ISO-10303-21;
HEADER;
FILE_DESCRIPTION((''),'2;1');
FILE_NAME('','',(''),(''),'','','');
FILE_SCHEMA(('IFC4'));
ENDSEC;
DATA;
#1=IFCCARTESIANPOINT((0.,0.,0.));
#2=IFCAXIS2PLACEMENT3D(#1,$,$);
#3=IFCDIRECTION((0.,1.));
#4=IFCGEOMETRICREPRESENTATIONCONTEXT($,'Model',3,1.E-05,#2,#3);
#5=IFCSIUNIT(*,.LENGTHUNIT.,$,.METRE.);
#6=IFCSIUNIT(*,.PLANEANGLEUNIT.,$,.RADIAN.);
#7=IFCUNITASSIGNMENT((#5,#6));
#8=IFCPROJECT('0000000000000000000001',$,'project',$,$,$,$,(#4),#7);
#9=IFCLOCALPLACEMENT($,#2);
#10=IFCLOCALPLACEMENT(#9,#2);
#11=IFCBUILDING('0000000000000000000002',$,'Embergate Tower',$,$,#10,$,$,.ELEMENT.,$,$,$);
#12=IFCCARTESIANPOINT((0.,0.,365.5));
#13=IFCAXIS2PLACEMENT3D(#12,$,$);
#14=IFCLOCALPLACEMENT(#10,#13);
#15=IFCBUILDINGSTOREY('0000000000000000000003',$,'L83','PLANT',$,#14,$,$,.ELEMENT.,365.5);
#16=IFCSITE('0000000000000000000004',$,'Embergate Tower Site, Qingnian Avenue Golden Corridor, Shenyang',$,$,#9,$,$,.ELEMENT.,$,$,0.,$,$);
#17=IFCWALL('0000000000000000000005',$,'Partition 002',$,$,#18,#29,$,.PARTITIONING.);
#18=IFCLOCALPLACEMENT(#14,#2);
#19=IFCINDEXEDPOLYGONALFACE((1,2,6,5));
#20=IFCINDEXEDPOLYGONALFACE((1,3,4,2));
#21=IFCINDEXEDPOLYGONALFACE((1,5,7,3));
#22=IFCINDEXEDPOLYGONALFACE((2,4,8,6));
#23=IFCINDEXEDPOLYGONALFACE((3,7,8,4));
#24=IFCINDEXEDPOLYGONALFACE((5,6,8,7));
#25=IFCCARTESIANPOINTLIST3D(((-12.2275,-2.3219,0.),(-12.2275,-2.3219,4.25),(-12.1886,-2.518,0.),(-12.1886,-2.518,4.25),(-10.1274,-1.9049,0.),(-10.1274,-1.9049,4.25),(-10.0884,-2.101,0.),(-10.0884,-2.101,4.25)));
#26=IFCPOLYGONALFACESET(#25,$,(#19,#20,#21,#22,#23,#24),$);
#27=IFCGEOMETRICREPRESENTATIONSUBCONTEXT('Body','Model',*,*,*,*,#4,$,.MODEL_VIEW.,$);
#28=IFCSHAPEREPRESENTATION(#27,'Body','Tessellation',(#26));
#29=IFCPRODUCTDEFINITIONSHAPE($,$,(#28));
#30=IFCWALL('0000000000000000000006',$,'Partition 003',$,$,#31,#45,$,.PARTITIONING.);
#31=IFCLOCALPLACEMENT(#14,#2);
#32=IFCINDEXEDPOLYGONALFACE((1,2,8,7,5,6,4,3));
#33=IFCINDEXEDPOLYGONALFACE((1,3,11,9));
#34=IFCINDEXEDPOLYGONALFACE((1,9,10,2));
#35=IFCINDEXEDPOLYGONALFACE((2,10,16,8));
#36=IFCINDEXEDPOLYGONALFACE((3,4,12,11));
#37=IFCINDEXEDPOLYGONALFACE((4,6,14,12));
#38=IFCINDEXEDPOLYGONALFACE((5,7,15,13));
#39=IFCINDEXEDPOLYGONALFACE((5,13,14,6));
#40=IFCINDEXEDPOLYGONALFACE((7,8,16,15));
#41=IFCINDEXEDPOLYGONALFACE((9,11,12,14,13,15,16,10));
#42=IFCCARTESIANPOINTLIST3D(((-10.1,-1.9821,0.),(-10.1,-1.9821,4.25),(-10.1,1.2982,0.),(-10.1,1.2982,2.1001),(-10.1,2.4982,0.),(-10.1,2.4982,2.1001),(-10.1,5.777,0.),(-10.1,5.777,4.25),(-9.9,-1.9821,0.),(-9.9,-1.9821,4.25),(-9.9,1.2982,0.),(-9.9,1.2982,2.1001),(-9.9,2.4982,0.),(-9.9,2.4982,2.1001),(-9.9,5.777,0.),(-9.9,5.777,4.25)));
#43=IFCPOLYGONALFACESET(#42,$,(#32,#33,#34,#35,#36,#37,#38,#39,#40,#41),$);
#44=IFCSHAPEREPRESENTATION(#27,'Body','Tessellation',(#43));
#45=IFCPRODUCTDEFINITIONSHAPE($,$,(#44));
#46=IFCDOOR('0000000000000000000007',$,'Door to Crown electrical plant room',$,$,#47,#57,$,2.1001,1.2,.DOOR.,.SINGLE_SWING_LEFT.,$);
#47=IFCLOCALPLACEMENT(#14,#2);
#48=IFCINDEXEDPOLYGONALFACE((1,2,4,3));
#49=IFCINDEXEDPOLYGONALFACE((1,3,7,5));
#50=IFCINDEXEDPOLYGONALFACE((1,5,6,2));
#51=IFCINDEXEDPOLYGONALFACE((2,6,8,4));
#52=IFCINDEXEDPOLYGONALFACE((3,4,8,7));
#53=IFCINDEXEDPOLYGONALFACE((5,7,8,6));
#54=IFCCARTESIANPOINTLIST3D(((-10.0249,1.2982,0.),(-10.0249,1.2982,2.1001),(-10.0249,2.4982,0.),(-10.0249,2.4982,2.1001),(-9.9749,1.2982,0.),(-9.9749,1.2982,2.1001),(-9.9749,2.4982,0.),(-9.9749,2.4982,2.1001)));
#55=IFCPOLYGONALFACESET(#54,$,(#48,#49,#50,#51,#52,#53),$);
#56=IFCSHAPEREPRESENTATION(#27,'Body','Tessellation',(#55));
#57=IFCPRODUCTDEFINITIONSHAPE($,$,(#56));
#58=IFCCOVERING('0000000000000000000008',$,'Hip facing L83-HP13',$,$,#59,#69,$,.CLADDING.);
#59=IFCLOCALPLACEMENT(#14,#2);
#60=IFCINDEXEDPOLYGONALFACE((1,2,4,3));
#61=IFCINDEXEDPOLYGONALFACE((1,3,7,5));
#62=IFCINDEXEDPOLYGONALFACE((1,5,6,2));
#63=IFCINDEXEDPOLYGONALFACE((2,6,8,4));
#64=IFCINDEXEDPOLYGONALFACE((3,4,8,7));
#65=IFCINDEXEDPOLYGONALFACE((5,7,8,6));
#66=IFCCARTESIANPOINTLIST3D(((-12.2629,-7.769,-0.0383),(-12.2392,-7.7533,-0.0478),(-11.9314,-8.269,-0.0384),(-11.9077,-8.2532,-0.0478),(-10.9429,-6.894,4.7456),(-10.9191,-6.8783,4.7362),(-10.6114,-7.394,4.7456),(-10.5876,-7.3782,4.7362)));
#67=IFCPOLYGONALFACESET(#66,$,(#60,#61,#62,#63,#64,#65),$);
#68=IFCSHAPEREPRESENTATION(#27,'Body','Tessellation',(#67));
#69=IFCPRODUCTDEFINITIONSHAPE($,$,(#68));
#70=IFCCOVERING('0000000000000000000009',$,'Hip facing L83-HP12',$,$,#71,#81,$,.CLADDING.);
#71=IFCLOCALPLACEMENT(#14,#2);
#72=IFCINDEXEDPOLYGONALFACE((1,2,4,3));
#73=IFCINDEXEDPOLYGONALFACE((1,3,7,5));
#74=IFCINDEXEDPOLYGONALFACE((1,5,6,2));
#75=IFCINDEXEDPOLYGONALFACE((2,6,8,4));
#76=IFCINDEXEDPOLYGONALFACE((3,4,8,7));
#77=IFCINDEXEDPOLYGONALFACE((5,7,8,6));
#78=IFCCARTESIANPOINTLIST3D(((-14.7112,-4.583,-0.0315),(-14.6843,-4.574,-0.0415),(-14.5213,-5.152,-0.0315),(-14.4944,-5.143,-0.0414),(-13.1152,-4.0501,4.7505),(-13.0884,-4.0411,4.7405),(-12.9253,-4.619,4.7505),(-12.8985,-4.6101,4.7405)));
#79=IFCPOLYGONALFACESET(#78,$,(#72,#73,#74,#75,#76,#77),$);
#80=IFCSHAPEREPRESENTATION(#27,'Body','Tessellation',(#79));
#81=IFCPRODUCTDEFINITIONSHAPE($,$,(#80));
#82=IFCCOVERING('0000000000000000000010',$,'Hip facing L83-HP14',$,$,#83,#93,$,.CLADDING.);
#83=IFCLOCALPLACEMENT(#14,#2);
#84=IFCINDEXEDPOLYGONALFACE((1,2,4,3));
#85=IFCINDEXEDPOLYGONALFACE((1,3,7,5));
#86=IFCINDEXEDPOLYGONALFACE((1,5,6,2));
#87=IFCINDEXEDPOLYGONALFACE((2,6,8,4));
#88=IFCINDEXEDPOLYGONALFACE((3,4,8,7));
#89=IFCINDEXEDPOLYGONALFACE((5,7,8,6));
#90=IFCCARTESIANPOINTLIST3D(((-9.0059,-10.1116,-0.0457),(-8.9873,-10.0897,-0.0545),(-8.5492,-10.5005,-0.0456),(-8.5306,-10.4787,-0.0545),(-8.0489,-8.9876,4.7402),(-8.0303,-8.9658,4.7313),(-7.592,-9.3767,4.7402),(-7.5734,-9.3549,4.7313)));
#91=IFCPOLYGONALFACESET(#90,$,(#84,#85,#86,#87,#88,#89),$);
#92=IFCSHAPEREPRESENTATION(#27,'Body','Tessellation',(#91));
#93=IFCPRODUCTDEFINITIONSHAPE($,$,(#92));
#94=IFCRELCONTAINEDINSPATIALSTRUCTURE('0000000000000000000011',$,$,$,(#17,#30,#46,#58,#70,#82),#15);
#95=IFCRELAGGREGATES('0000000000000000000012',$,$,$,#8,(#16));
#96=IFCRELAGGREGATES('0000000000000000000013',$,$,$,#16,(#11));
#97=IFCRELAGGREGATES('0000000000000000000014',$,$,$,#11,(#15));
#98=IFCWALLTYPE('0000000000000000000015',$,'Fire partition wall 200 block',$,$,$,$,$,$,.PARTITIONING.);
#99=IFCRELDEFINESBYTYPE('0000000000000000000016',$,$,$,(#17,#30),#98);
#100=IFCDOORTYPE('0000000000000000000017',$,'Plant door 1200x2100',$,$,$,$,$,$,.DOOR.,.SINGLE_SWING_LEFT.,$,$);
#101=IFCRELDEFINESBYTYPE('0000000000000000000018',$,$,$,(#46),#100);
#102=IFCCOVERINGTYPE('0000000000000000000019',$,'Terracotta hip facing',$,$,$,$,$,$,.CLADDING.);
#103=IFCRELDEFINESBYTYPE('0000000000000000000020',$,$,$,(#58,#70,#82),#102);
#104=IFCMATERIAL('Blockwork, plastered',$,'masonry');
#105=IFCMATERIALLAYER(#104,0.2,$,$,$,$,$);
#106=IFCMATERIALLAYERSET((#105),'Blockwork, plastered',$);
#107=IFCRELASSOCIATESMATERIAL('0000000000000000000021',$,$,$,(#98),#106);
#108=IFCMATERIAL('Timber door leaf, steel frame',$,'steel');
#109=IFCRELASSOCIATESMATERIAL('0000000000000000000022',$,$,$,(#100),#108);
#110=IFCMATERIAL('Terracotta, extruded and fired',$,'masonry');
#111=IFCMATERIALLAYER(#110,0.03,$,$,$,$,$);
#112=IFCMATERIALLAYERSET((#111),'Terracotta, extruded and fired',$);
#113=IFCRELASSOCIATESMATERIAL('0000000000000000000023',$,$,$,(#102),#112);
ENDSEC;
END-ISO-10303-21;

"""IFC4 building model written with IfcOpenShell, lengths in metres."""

from ifc_helpers import new_model, si_unit, direction, frame, frame_2d, origin, place, context, subcontext, project, spatial, polyline, rectangle, outline, extrude, source, transform, mapped, material, layer, layer_set, type_object, element, fill, save


model = new_model("IFC4")

# Units and contexts
model_context = context("Model", 3, precision=1e-05, world=origin(), true_north=direction((0.0, 1.0)))
body_context = subcontext(model_context, "Body", "Model", "MODEL_VIEW")
ifc_project = project(units=[si_unit("LENGTHUNIT", "METRE"), si_unit("PLANEANGLEUNIT", "RADIAN")], contexts=[model_context])

# Site, building, storey
site_placement = place(None, origin())
site = spatial("IfcSite", under=ifc_project, at=site_placement, Name="Embergate Tower Site, Qingnian Avenue Golden Corridor, Shenyang", CompositionType="ELEMENT", RefElevation=0.0)
building_placement = place(site_placement, origin())
building = spatial("IfcBuilding", under=site, at=building_placement, Name="Embergate Tower", CompositionType="ELEMENT")
storey_placement = place(building_placement, frame((0.0, 0.0, 365.5)))
storey = spatial("IfcBuildingStorey", under=building, at=storey_placement, Name="L83", Description="PLANT", CompositionType="ELEMENT", Elevation=365.5)

# Shared definitions
ifc_material_1 = material(Name="Blockwork, plastered", Category="masonry")
ifc_layer_1 = layer(ifc_material_1, 0.2)
ifc_layer_set_1 = layer_set([ifc_layer_1], Name="Blockwork, plastered")
wall_type_1 = type_object("IfcWallType", Name="Fire partition wall 200 block", PredefinedType="PARTITIONING", material=ifc_layer_set_1)
shared_shape_1 = source(origin(), body_context, "Body", "SweptSolid", [
    extrude(rectangle(XDim=1.2, YDim=2.1001, at=frame_2d((0.6001, 1.05))), frame((0.0, 0.1099, 0.0), z_axis=(0.0, -1.0, 0.0), x_axis=(1.0, 0.0, 0.0)), (0.0, 0.0, 1.0), 0.22),
])
ifc_material_2 = material(Name="Timber door leaf, steel frame", Category="steel")
door_type = type_object("IfcDoorType", Name="Plant door 1200x2100", OperationType="SINGLE_SWING_LEFT", PredefinedType="DOOR", material=ifc_material_2)
shared_shape_2 = source(origin(), body_context, "Body", "SweptSolid", [
    extrude(rectangle(XDim=1.2, YDim=2.1001, at=frame_2d((0.6001, 1.05))), frame((0.0, 0.0249, 0.0), z_axis=(0.0, -1.0, 0.0), x_axis=(1.0, 0.0, 0.0)), (0.0, 0.0, 1.0), 0.05),
])

# Wall
shared_shape_3 = source(origin(), body_context, "Body", "SweptSolid", [
    extrude(rectangle(XDim=2.1411, YDim=0.2, at=frame_2d((1.0706, 0.0))), origin(), (0.0, 0.0, 1.0), 4.25),
])
wall_1_placement = place(storey_placement, frame((-10.1079, -2.0029, 0.0), z_axis=(0.0, 0.0, 1.0), x_axis=(-0.980852, -0.194756, 0.0)))
element("IfcWall", 1, at=wall_1_placement, inside=storey, type_object=wall_type_1, Name="Partition 002", PredefinedType="PARTITIONING", context=body_context, shape_type="MappedRepresentation", body=[
    mapped(shared_shape_3, transform((0.0, 0.0, 0.0))),
])

# Wall, opening, door
shared_shape_4 = source(origin(), body_context, "Body", "SweptSolid", [
    extrude(rectangle(XDim=7.759, YDim=0.2, at=frame_2d((3.8794, 0.0))), origin(), (0.0, 0.0, 1.0), 4.25),
])
wall_2_placement = place(storey_placement, frame((-10.0, -1.9819, 0.0), z_axis=(0.0, 0.0, 1.0), x_axis=(0.0, 1.0, 0.0)))
wall_2 = element("IfcWall", 2, at=wall_2_placement, inside=storey, type_object=wall_type_1, Name="Partition 003", PredefinedType="PARTITIONING", context=body_context, shape_type="MappedRepresentation", body=[
    mapped(shared_shape_4, transform((0.0, 0.0, 0.0))),
])
opening_1_placement = place(wall_2_placement, frame((3.28, 0.0, 0.0)))
opening_1 = element("IfcOpeningElement", 3, at=opening_1_placement, cuts=wall_2, PredefinedType="OPENING", context=body_context, shape_type="MappedRepresentation", body=[
    mapped(shared_shape_1, transform((0.0, 0.0, 0.0))),
])
door_1_placement = place(opening_1_placement, origin())
door_1 = element("IfcDoor", 4, at=door_1_placement, inside=storey, type_object=door_type, Name="Door to Crown electrical plant room", OperationType="SINGLE_SWING_LEFT", OverallHeight=2.1001, OverallWidth=1.2, PredefinedType="DOOR", context=body_context, shape_type="MappedRepresentation", body=[
    mapped(shared_shape_2, transform((0.0, 0.0, 0.0))),
])
fill(opening_1, door_1)

# Coverings
ifc_material_3 = material(Name="Terracotta, extruded and fired", Category="masonry")
ifc_layer_2 = layer(ifc_material_3, 0.03)
ifc_layer_set_2 = layer_set([ifc_layer_2], Name="Terracotta, extruded and fired")
covering_type = type_object("IfcCoveringType", Name="Terracotta hip facing", PredefinedType="CLADDING", material=ifc_layer_set_2)
shared_shape_5 = source(origin(), body_context, "Body", "SweptSolid", [
    extrude(outline(polyline([(0.0, 0.0), (5.0393, 0.0), (5.0393, -0.5999), (0.0, -0.5999), (0.0, 0.0)])), origin(), (0.0, 0.0, -1.0), 0.03),
])
covering_1_placement = place(storey_placement, frame((-12.2629, -7.769, -0.0383), z_axis=(-0.791196, -0.524631, 0.314278), x_axis=(0.261956, 0.173636, 0.949331)))
element("IfcCovering", 5, at=covering_1_placement, inside=storey, type_object=covering_type, Name="Hip facing L83-HP13", PredefinedType="CLADDING", context=body_context, shape_type="MappedRepresentation", body=[
    mapped(shared_shape_5, transform((0.0, 0.0, 0.0))),
])
shared_shape_6 = source(origin(), body_context, "Body", "SweptSolid", [
    extrude(outline(polyline([(0.0, 0.0), (5.0693, 0.0), (5.0693, -0.5999), (0.0, -0.5999), (0.0, 0.0)])), origin(), (0.0, 0.0, -1.0), 0.03),
])
covering_2_placement = place(storey_placement, frame((-14.7112, -4.583, -0.0315), z_axis=(-0.894787, -0.298646, 0.331912), x_axis=(0.314822, 0.105133, 0.94331)))
element("IfcCovering", 6, at=covering_2_placement, inside=storey, type_object=covering_type, Name="Hip facing L83-HP12", PredefinedType="CLADDING", context=body_context, shape_type="MappedRepresentation", body=[
    mapped(shared_shape_6, transform((0.0, 0.0, 0.0))),
])
shared_shape_7 = source(origin(), body_context, "Body", "SweptSolid", [
    extrude(outline(polyline([(0.0, 0.0), (5.0083, 0.0), (5.0083, -0.6001), (0.0, -0.5999), (0.0, 0.0)])), origin(), (0.0, 0.0, -1.0), 0.03),
])
covering_3_placement = place(storey_placement, frame((-9.0059, -10.1116, -0.0457), z_axis=(-0.619589, -0.727487, 0.294739), x_axis=(0.191074, 0.224415, 0.955578)))
element("IfcCovering", 7, at=covering_3_placement, inside=storey, type_object=covering_type, Name="Hip facing L83-HP14", PredefinedType="CLADDING", context=body_context, shape_type="MappedRepresentation", body=[
    mapped(shared_shape_7, transform((0.0, 0.0, 0.0))),
])

save(model, "model.ifc")
